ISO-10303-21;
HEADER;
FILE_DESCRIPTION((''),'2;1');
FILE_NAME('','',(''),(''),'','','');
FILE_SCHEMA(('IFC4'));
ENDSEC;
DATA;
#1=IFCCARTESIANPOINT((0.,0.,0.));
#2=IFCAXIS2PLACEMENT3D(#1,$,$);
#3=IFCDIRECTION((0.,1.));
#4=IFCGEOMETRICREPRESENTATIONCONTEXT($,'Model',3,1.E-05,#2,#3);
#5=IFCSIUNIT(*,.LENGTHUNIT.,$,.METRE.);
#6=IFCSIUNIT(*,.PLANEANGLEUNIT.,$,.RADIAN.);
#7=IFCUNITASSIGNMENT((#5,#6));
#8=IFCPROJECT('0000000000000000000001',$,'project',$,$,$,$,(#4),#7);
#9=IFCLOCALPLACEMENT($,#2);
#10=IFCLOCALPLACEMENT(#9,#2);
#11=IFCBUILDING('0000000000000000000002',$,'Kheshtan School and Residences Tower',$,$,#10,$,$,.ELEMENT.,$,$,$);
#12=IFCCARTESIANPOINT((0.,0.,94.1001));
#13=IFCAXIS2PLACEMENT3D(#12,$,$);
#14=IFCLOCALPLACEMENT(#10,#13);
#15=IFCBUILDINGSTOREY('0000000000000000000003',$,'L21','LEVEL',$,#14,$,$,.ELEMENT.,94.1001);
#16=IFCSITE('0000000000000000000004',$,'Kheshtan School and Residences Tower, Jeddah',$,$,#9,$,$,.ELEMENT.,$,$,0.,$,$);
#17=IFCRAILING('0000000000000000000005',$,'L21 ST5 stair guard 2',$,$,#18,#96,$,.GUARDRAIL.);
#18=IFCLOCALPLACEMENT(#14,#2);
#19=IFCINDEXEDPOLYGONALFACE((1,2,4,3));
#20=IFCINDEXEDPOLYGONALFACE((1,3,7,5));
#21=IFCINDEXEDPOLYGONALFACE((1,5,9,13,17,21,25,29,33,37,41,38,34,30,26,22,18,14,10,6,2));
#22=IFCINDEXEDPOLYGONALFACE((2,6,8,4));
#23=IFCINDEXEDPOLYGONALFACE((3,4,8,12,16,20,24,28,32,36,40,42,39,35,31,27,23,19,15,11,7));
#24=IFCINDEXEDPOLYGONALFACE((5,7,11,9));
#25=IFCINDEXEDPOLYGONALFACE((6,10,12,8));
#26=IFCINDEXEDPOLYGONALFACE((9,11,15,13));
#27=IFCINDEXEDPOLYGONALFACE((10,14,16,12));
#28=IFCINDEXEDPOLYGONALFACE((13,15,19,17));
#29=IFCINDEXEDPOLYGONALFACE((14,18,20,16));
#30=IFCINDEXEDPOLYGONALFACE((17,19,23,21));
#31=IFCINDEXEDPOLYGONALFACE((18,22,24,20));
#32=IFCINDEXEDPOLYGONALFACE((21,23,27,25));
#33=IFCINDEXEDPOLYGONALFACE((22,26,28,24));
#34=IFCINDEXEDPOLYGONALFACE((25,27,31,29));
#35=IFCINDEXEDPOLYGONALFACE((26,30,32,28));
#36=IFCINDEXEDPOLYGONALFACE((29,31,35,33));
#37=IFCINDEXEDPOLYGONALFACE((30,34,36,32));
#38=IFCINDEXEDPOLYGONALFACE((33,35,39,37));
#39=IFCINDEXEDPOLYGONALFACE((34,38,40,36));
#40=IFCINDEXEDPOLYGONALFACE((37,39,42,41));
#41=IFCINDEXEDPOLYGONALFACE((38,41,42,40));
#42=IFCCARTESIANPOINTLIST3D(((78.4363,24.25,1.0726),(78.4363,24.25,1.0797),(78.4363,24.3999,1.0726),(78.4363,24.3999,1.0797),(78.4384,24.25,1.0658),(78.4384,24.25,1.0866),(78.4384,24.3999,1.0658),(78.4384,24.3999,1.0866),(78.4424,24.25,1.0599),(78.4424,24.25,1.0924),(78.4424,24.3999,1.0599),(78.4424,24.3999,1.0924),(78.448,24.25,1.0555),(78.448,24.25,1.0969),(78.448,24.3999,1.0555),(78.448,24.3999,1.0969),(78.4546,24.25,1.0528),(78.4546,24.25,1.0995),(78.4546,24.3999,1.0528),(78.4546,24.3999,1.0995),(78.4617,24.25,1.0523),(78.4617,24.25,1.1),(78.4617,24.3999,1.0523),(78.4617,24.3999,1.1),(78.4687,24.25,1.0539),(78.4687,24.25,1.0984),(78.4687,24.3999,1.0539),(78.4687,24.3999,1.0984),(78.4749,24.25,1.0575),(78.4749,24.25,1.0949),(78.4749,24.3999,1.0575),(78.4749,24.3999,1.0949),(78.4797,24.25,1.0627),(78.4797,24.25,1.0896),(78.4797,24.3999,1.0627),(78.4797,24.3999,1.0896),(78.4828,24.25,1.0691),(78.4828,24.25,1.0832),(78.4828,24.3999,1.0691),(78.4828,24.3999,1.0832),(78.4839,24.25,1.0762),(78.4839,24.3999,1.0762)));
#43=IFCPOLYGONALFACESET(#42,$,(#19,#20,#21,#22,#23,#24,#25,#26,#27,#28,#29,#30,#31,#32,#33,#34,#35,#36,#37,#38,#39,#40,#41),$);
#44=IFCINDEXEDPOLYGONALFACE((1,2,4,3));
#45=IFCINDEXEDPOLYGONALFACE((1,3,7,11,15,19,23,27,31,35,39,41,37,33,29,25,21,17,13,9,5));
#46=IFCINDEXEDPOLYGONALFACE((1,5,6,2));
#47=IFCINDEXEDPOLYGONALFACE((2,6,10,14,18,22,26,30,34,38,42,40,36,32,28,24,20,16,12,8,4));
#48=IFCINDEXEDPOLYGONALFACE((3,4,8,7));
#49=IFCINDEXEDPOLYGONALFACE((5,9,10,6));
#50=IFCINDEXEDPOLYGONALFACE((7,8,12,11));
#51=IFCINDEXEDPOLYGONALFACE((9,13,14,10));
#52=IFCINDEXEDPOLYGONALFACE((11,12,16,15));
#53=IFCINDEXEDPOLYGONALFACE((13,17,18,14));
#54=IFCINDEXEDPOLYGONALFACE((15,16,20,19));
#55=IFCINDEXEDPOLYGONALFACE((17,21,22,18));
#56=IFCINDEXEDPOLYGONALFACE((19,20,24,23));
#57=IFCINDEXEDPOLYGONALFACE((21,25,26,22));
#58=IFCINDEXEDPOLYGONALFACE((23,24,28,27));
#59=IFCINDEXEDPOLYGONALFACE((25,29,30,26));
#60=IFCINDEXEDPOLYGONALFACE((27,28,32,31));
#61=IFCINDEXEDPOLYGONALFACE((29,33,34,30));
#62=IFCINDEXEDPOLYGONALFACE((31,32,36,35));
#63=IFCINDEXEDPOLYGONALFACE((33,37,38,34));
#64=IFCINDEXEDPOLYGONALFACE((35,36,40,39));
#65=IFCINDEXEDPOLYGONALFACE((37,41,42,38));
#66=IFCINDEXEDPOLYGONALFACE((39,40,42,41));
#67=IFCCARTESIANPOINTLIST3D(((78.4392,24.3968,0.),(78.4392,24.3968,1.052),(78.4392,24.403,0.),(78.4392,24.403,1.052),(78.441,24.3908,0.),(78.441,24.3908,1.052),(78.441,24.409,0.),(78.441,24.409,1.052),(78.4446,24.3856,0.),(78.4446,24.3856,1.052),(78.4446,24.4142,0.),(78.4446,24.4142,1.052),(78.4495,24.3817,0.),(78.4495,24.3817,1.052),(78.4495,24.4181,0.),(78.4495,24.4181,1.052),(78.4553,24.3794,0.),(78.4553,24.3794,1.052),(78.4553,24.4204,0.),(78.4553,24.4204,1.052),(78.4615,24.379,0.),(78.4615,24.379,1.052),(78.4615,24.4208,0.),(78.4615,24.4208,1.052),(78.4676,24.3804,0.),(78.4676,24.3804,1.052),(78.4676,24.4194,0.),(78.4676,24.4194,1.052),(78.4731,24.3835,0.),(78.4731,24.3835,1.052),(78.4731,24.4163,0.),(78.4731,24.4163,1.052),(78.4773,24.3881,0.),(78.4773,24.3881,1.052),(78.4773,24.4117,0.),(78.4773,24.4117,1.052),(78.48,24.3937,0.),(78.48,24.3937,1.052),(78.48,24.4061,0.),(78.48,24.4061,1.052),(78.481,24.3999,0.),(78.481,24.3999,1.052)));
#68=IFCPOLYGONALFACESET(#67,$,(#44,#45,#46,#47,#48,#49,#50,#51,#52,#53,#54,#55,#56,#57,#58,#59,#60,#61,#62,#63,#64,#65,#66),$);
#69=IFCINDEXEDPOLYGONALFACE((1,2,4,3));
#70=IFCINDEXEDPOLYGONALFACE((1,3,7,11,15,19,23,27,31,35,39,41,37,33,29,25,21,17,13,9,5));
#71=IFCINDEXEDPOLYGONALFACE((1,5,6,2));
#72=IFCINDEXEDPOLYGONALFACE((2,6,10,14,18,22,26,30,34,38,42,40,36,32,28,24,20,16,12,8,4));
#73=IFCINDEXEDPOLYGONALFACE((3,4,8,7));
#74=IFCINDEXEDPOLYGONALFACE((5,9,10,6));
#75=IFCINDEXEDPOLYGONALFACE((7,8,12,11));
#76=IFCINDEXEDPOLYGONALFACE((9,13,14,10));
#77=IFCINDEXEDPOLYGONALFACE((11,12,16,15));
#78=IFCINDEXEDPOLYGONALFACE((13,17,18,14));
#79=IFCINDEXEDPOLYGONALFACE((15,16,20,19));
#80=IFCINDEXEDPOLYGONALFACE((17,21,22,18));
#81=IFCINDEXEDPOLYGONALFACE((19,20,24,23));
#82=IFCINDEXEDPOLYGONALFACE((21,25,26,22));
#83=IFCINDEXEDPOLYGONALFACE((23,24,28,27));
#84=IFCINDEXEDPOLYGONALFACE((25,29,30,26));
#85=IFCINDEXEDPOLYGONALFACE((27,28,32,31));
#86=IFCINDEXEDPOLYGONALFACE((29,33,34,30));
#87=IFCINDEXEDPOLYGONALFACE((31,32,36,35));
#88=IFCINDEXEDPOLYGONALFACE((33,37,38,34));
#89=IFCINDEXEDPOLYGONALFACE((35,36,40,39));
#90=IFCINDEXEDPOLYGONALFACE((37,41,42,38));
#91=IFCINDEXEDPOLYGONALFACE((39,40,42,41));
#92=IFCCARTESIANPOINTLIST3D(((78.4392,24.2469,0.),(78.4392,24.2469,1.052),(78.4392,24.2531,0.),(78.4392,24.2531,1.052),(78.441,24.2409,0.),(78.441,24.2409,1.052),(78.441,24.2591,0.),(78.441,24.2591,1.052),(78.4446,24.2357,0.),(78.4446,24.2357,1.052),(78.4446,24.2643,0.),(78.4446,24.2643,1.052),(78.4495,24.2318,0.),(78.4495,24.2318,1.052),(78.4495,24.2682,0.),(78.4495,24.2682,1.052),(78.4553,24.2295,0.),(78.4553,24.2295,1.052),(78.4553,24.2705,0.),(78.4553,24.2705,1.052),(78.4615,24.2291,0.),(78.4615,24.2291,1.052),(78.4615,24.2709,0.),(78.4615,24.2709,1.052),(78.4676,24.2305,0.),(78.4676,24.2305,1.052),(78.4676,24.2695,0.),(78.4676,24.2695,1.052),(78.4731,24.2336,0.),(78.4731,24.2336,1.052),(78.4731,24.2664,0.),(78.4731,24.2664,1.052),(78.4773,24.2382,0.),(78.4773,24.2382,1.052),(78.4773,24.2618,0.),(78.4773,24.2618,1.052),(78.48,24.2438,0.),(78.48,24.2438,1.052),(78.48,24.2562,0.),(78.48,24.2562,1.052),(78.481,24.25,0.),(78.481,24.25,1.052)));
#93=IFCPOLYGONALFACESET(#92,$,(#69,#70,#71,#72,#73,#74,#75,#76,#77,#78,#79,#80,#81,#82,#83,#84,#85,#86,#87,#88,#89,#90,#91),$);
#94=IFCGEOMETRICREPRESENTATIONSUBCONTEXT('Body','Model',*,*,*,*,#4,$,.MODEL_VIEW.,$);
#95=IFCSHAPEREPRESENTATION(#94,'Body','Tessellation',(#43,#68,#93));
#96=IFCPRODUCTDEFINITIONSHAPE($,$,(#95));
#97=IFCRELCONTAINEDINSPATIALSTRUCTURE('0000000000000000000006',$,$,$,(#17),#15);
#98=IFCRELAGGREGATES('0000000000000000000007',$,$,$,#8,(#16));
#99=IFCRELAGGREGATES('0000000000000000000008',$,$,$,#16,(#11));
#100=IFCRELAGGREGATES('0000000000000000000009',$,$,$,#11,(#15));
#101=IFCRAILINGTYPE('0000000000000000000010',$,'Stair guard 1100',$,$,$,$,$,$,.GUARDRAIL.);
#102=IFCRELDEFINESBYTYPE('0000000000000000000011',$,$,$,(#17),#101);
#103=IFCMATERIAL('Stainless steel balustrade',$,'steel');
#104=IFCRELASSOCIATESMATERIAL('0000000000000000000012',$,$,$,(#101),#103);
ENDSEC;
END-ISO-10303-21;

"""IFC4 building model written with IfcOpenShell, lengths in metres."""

from ifc_helpers import new_model, si_unit, direction, frame, origin, origin_2d, place, context, subcontext, project, spatial, circle, extrude, material, type_object, element, save


model = new_model("IFC4")

# Units and contexts
model_context = context("Model", 3, precision=1e-05, world=origin(), true_north=direction((0.0, 1.0)))
body_context = subcontext(model_context, "Body", "Model", "MODEL_VIEW")
ifc_project = project(units=[si_unit("LENGTHUNIT", "METRE"), si_unit("PLANEANGLEUNIT", "RADIAN")], contexts=[model_context])

# Site, building, storey
site_placement = place(None, origin())
site = spatial("IfcSite", under=ifc_project, at=site_placement, Name="Kheshtan School and Residences Tower, Jeddah", CompositionType="ELEMENT", RefElevation=0.0)
building_placement = place(site_placement, origin())
building = spatial("IfcBuilding", under=site, at=building_placement, Name="Kheshtan School and Residences Tower", CompositionType="ELEMENT")
storey_placement = place(building_placement, frame((0.0, 0.0, 94.1001)))
storey = spatial("IfcBuildingStorey", under=building, at=storey_placement, Name="L21", Description="LEVEL", CompositionType="ELEMENT", Elevation=94.1001)

# Railing
ifc_material_1 = material(Name="Stainless steel balustrade", Category="steel")
railing_type_1 = type_object("IfcRailingType", Name="Stair guard 1100", PredefinedType="GUARDRAIL", material=ifc_material_1)
railing_1_placement = place(storey_placement, frame((78.46, 24.3999, 0.0)))
element("IfcRailing", 1, at=railing_1_placement, inside=storey, type_object=railing_type_1, Name="L21 ST5 stair guard 2", PredefinedType="GUARDRAIL", context=body_context, shape_type="SweptSolid", body=[
    extrude(circle(Radius=0.0239, at=origin_2d()), frame((0.0, 0.0, 1.0762), z_axis=(0.0, -1.0, 0.0), x_axis=(1.0, 0.0, 0.0)), (0.0, 0.0, 1.0), 0.1499),
    extrude(circle(Radius=0.021, at=origin_2d()), origin(), (0.0, 0.0, 1.0), 1.052),
    extrude(circle(Radius=0.021, at=origin_2d()), frame((0.0, -0.1499, 0.0)), (0.0, 0.0, 1.0), 1.052),
])

save(model, "model.ifc")
